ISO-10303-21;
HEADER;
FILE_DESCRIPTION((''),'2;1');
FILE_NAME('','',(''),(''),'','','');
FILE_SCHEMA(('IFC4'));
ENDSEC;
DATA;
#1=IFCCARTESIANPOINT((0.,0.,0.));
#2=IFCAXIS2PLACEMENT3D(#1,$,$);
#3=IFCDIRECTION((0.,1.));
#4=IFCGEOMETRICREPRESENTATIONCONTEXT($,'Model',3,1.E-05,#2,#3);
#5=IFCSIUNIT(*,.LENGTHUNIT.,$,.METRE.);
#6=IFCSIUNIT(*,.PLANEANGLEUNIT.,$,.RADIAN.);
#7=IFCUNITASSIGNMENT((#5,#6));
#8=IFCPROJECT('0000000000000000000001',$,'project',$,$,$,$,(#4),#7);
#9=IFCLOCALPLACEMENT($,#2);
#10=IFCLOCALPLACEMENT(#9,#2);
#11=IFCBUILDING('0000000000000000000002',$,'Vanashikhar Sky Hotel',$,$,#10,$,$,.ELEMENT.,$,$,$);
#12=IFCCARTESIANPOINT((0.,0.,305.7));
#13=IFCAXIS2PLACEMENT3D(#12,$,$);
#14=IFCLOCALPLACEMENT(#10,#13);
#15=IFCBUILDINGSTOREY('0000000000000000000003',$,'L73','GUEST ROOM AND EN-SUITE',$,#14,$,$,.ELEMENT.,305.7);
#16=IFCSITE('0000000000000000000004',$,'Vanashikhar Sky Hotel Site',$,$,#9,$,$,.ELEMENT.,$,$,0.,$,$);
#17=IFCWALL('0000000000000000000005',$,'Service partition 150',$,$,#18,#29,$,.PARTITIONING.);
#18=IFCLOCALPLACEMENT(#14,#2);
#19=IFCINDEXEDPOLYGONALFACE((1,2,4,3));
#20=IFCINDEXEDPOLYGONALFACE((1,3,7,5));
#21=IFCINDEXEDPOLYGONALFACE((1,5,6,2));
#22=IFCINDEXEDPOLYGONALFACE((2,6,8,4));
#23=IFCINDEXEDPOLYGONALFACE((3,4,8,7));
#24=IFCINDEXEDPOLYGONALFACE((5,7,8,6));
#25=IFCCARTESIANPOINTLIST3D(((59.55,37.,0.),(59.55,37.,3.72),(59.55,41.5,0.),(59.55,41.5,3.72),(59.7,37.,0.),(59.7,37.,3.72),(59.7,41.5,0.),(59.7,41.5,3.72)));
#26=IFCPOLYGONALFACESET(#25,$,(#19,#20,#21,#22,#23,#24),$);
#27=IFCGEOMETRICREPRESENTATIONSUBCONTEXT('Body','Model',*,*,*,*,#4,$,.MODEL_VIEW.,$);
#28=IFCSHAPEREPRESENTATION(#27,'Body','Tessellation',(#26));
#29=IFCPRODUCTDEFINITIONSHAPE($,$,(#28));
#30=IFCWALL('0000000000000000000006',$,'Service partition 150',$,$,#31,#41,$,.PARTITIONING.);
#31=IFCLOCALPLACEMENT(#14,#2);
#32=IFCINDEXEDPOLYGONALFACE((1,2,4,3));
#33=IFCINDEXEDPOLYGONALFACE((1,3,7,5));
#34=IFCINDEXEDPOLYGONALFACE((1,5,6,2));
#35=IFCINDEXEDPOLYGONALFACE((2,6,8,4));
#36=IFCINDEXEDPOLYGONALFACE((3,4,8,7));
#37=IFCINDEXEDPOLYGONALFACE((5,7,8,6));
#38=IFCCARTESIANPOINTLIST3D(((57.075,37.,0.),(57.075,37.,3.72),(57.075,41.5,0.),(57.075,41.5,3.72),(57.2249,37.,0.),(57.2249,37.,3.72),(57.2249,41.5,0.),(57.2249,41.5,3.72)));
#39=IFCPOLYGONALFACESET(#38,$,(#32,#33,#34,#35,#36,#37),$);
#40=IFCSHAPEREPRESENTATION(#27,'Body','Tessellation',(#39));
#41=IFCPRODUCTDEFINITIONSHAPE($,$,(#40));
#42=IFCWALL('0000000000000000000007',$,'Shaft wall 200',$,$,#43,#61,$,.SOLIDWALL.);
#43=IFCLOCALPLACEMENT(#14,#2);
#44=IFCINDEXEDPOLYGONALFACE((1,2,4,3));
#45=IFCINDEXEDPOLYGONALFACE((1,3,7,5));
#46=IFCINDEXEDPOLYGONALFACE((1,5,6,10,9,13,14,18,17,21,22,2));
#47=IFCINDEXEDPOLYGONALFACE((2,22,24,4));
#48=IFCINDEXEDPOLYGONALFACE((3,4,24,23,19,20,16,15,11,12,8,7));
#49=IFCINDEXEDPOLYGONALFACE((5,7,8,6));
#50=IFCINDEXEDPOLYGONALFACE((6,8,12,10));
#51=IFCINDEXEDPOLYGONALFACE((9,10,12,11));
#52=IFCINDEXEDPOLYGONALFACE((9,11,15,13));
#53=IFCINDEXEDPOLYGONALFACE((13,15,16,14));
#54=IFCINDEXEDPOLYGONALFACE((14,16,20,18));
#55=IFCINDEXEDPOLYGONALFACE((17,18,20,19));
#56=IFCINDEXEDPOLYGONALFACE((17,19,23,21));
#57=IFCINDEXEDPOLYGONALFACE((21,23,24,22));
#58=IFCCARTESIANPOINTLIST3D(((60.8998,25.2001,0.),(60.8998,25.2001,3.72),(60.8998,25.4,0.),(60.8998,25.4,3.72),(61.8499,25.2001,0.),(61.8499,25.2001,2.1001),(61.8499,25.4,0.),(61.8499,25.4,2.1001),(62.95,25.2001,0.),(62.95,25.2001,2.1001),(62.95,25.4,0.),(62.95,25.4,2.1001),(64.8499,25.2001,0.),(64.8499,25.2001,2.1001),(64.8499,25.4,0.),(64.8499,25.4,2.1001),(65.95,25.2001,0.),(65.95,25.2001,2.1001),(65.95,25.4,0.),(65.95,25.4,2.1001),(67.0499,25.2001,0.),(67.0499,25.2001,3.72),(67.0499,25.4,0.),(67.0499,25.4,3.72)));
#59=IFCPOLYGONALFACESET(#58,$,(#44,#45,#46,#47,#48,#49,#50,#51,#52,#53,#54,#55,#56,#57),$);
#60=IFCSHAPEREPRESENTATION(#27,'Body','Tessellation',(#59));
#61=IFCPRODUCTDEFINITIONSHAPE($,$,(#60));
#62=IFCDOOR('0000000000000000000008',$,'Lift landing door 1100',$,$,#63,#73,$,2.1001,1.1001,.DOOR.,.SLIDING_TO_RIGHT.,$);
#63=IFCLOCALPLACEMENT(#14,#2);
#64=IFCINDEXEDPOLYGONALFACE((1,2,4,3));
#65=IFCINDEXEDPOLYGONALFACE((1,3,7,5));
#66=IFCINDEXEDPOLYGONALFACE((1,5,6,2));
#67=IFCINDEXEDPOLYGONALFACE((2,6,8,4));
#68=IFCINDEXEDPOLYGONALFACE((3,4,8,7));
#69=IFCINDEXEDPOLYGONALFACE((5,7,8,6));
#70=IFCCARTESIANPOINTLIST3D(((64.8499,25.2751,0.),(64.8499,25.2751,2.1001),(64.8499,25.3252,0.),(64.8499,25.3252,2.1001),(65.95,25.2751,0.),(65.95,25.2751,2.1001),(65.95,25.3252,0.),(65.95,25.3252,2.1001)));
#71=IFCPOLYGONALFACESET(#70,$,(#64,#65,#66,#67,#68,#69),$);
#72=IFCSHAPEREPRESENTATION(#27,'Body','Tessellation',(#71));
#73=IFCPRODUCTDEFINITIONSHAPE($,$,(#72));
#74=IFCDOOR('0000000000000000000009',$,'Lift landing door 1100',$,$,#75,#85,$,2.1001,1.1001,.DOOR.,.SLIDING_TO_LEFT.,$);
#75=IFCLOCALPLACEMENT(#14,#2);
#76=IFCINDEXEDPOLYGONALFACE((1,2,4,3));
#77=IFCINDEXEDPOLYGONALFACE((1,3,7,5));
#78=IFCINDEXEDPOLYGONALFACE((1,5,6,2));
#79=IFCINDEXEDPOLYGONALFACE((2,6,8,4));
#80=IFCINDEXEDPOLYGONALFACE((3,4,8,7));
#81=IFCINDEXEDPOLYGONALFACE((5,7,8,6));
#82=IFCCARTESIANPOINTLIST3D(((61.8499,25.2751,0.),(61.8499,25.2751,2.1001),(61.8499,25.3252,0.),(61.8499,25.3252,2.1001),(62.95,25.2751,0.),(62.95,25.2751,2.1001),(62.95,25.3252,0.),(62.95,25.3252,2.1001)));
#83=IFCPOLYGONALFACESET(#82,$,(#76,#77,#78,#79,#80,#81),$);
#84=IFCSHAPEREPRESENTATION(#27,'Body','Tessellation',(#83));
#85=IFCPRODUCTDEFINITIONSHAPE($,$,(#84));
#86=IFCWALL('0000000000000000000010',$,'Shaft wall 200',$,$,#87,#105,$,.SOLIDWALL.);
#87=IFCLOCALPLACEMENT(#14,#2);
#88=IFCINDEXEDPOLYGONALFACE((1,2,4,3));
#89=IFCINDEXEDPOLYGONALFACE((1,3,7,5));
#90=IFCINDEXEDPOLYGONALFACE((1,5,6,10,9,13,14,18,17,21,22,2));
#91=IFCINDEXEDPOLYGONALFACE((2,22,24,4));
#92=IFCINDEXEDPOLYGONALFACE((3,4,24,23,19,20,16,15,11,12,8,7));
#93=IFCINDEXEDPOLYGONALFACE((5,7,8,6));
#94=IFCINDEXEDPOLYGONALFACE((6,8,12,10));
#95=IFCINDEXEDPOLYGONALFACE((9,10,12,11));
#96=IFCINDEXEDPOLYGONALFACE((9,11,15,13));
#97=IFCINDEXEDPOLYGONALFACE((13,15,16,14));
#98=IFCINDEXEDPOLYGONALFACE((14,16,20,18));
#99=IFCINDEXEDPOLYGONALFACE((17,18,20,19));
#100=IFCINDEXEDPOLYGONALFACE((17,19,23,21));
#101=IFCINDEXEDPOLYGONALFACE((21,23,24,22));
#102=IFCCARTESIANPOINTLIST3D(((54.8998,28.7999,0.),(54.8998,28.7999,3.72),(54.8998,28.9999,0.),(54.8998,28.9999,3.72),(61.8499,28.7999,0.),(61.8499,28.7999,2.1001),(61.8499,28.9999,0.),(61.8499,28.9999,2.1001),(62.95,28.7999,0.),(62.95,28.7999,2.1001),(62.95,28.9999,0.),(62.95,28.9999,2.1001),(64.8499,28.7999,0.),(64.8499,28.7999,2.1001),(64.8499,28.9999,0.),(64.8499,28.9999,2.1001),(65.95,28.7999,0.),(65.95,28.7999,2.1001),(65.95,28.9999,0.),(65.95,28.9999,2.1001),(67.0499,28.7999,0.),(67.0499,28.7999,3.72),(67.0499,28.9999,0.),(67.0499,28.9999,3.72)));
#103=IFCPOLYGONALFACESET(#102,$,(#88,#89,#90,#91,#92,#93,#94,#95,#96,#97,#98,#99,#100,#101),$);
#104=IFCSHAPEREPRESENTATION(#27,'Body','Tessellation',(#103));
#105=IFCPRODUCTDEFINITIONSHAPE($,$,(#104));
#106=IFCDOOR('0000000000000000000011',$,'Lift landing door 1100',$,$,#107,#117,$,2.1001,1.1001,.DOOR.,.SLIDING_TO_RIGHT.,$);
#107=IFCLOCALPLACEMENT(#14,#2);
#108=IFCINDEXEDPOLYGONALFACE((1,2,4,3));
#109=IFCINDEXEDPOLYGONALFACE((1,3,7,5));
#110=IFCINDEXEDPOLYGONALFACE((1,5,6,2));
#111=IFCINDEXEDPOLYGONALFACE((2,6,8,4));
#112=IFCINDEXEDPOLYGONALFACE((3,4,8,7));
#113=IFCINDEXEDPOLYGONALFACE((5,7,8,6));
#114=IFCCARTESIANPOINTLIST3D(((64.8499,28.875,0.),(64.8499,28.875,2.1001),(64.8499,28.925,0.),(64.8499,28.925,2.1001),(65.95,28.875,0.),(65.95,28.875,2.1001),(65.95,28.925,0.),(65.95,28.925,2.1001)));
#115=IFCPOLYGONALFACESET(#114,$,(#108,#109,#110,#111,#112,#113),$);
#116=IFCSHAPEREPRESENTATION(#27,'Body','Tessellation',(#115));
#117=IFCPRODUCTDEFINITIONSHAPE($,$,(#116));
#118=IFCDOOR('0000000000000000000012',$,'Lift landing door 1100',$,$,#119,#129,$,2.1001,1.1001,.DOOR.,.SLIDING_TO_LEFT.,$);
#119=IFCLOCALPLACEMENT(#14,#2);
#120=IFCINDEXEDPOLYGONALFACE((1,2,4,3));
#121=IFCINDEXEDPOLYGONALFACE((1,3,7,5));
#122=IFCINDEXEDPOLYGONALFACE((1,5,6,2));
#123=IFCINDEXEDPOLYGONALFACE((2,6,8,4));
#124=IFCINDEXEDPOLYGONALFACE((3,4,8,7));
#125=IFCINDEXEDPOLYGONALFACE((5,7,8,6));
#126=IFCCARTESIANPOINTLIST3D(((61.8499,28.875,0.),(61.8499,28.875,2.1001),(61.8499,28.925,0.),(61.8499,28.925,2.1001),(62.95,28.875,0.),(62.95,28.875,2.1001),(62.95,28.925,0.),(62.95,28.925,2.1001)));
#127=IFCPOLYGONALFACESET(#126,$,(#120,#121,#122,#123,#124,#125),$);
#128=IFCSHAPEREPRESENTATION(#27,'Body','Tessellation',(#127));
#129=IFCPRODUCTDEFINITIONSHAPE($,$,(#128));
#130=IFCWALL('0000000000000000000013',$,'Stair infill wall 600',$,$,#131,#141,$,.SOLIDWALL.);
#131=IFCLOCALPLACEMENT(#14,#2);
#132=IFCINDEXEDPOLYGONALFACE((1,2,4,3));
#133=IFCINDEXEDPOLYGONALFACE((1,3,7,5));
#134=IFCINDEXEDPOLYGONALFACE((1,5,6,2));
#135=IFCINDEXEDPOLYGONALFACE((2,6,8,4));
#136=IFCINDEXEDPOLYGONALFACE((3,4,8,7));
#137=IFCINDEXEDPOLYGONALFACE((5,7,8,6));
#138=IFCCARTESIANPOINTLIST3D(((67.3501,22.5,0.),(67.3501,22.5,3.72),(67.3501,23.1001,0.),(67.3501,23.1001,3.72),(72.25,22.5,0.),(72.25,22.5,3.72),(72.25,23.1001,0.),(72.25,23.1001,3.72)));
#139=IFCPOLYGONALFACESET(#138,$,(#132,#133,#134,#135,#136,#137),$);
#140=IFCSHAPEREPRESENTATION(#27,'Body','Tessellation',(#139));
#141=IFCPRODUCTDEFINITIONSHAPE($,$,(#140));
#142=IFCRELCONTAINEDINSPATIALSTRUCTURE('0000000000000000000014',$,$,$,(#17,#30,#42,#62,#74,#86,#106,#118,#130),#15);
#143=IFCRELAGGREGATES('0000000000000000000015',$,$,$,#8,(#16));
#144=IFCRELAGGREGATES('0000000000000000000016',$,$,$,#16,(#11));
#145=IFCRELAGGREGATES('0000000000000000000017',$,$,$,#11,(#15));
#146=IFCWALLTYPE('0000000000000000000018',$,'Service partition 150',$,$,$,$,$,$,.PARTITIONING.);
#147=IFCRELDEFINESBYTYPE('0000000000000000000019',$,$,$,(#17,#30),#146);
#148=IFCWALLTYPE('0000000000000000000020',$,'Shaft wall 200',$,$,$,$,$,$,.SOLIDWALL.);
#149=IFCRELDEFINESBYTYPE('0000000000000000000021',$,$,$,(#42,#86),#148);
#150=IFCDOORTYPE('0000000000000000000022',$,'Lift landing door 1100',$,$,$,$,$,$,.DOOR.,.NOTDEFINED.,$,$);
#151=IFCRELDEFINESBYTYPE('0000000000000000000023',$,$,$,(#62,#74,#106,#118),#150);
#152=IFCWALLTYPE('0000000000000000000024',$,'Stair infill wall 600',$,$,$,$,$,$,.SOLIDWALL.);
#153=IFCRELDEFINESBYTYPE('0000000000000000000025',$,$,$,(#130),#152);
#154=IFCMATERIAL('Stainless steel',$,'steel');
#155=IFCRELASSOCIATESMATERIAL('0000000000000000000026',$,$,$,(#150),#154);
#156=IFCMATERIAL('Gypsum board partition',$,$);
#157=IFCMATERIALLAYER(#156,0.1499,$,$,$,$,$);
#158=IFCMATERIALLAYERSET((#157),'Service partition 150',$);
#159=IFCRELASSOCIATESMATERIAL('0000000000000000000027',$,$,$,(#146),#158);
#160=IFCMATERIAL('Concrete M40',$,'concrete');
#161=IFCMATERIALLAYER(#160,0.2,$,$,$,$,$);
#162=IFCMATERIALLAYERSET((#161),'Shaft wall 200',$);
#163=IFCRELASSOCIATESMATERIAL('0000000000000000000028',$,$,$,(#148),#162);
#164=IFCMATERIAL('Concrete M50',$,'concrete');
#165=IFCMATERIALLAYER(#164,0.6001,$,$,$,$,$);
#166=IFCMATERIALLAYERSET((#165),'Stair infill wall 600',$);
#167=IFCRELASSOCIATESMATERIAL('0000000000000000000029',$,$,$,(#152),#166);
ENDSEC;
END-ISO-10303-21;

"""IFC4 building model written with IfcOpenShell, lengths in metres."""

from ifc_helpers import new_model, si_unit, direction, frame, frame_2d, origin, place, context, subcontext, project, spatial, rectangle, extrude, source, transform, mapped, material, layer, layer_set, type_object, element, fill, save


model = new_model("IFC4")

# Units and contexts
model_context = context("Model", 3, precision=1e-05, world=origin(), true_north=direction((0.0, 1.0)))
body_context = subcontext(model_context, "Body", "Model", "MODEL_VIEW")
ifc_project = project(units=[si_unit("LENGTHUNIT", "METRE"), si_unit("PLANEANGLEUNIT", "RADIAN")], contexts=[model_context])

# Site, building, storey
site_placement = place(None, origin())
site = spatial("IfcSite", under=ifc_project, at=site_placement, Name="Vanashikhar Sky Hotel Site", CompositionType="ELEMENT", RefElevation=0.0)
building_placement = place(site_placement, origin())
building = spatial("IfcBuilding", under=site, at=building_placement, Name="Vanashikhar Sky Hotel", CompositionType="ELEMENT")
storey_placement = place(building_placement, frame((0.0, 0.0, 305.7)))
storey = spatial("IfcBuildingStorey", under=building, at=storey_placement, Name="L73", Description="GUEST ROOM AND EN-SUITE", CompositionType="ELEMENT", Elevation=305.7)

# Shared definitions
ifc_material_1 = material(Name="Concrete M50", Category="concrete")

# Shared definitions
ifc_material_2 = material(Name="Stainless steel", Category="steel")
door_type_1 = type_object("IfcDoorType", Name="Lift landing door 1100", OperationType="NOTDEFINED", PredefinedType="DOOR", material=ifc_material_2)
shared_shape_1 = source(origin(), body_context, "Body", "SweptSolid", [
    extrude(rectangle(XDim=1.1001, YDim=2.1001, at=frame_2d((0.55, 1.05))), frame((0.0, 0.0249, 0.0), z_axis=(0.0, -1.0, 0.0), x_axis=(1.0, 0.0, 0.0)), (0.0, 0.0, 1.0), 0.05),
])
ifc_material_3 = material(Name="Gypsum board partition")
ifc_layer_1 = layer(ifc_material_3, 0.1499)
ifc_layer_set_1 = layer_set([ifc_layer_1], Name="Service partition 150")
wall_type_1 = type_object("IfcWallType", Name="Service partition 150", PredefinedType="PARTITIONING", material=ifc_layer_set_1)

# Walls
shared_shape_2 = source(origin(), body_context, "Body", "SweptSolid", [
    extrude(rectangle(XDim=4.5, YDim=0.1499, at=frame_2d((2.25, 0.0))), origin(), (0.0, 0.0, 1.0), 3.72),
])
for number, where, z_axis, x_axis, name in (
    (1, (59.625, 37.0, 0.0), (0.0, 0.0, 1.0), (0.0, 1.0, 0.0), "Service partition 150"),
    (2, (57.1499, 37.0, 0.0), (0.0, 0.0, 1.0), (0.0, 1.0, 0.0), "Service partition 150"),
):
    element("IfcWall", number, at=place(storey_placement, frame(where, z_axis=z_axis, x_axis=x_axis)), inside=storey, type_object=wall_type_1, Name=name, PredefinedType="PARTITIONING", context=body_context, shape_type="MappedRepresentation", body=[
        mapped(shared_shape_2, transform((0.0, 0.0, 0.0), scale=1.0)),
    ])

# Walls, openings, doors
ifc_material_4 = material(Name="Concrete M40", Category="concrete")
ifc_layer_2 = layer(ifc_material_4, 0.2)
ifc_layer_set_2 = layer_set([ifc_layer_2], Name="Shaft wall 200")
wall_type_2 = type_object("IfcWallType", Name="Shaft wall 200", PredefinedType="SOLIDWALL", material=ifc_layer_set_2)
shared_shape_3 = source(origin(), body_context, "Body", "SweptSolid", [
    extrude(rectangle(XDim=6.1501, YDim=0.2, at=frame_2d((3.0752, 0.0))), origin(), (0.0, 0.0, 1.0), 3.72),
])
wall_1_placement = place(storey_placement, frame((67.05, 25.3, 0.0), z_axis=(0.0, 0.0, 1.0), x_axis=(-1.0, 0.0, 0.0)))
wall_1 = element("IfcWall", 3, at=wall_1_placement, inside=storey, type_object=wall_type_2, Name="Shaft wall 200", PredefinedType="SOLIDWALL", context=body_context, shape_type="MappedRepresentation", body=[
    mapped(shared_shape_3, transform((0.0, 0.0, 0.0), scale=1.0)),
])
shared_shape_4 = source(origin(), body_context, "Body", "SweptSolid", [
    extrude(rectangle(XDim=1.1001, YDim=2.1001, at=frame_2d((0.55, 1.05))), frame((0.0, 0.1099, 0.0), z_axis=(0.0, -1.0, 0.0), x_axis=(1.0, 0.0, 0.0)), (0.0, 0.0, 1.0), 0.22),
])
opening_1_placement = place(wall_1_placement, frame((1.1001, 0.0, 0.0)))
opening_1 = element("IfcOpeningElement", 4, at=opening_1_placement, cuts=wall_1, PredefinedType="OPENING", context=body_context, shape_type="MappedRepresentation", body=[
    mapped(shared_shape_4, transform((0.0, 0.0, 0.0), scale=1.0)),
])
opening_2_placement = place(wall_1_placement, frame((4.1001, 0.0, 0.0)))
opening_2 = element("IfcOpeningElement", 5, at=opening_2_placement, cuts=wall_1, PredefinedType="OPENING", context=body_context, shape_type="MappedRepresentation", body=[
    mapped(shared_shape_4, transform((0.0, 0.0, 0.0), scale=1.0)),
])
door_1_placement = place(opening_1_placement, origin())
door_1 = element("IfcDoor", 6, at=door_1_placement, inside=storey, type_object=door_type_1, Name="Lift landing door 1100", OperationType="SLIDING_TO_RIGHT", OverallHeight=2.1001, OverallWidth=1.1001, PredefinedType="DOOR", context=body_context, shape_type="MappedRepresentation", body=[
    mapped(shared_shape_1, transform((0.0, 0.0, 0.0), scale=1.0)),
])
fill(opening_1, door_1)
door_2_placement = place(opening_2_placement, origin())
door_2 = element("IfcDoor", 7, at=door_2_placement, inside=storey, type_object=door_type_1, Name="Lift landing door 1100", OperationType="SLIDING_TO_LEFT", OverallHeight=2.1001, OverallWidth=1.1001, PredefinedType="DOOR", context=body_context, shape_type="MappedRepresentation", body=[
    mapped(shared_shape_1, transform((0.0, 0.0, 0.0), scale=1.0)),
])
fill(opening_2, door_2)
shared_shape_5 = source(origin(), body_context, "Body", "SweptSolid", [
    extrude(rectangle(XDim=12.1501, YDim=0.2, at=frame_2d((6.0752, 0.0))), origin(), (0.0, 0.0, 1.0), 3.72),
])
wall_2_placement = place(storey_placement, frame((67.05, 28.8999, 0.0), z_axis=(0.0, 0.0, 1.0), x_axis=(-1.0, 0.0, 0.0)))
wall_2 = element("IfcWall", 8, at=wall_2_placement, inside=storey, type_object=wall_type_2, Name="Shaft wall 200", PredefinedType="SOLIDWALL", context=body_context, shape_type="MappedRepresentation", body=[
    mapped(shared_shape_5, transform((0.0, 0.0, 0.0), scale=1.0)),
])
opening_3_placement = place(wall_2_placement, frame((1.1001, 0.0, 0.0)))
opening_3 = element("IfcOpeningElement", 9, at=opening_3_placement, cuts=wall_2, PredefinedType="OPENING", context=body_context, shape_type="MappedRepresentation", body=[
    mapped(shared_shape_4, transform((0.0, 0.0, 0.0), scale=1.0)),
])
opening_4_placement = place(wall_2_placement, frame((4.1001, 0.0, 0.0)))
opening_4 = element("IfcOpeningElement", 10, at=opening_4_placement, cuts=wall_2, PredefinedType="OPENING", context=body_context, shape_type="MappedRepresentation", body=[
    mapped(shared_shape_4, transform((0.0, 0.0, 0.0), scale=1.0)),
])
door_3_placement = place(opening_3_placement, origin())
door_3 = element("IfcDoor", 11, at=door_3_placement, inside=storey, type_object=door_type_1, Name="Lift landing door 1100", OperationType="SLIDING_TO_RIGHT", OverallHeight=2.1001, OverallWidth=1.1001, PredefinedType="DOOR", context=body_context, shape_type="MappedRepresentation", body=[
    mapped(shared_shape_1, transform((0.0, 0.0, 0.0), scale=1.0)),
])
fill(opening_3, door_3)
door_4_placement = place(opening_4_placement, origin())
door_4 = element("IfcDoor", 12, at=door_4_placement, inside=storey, type_object=door_type_1, Name="Lift landing door 1100", OperationType="SLIDING_TO_LEFT", OverallHeight=2.1001, OverallWidth=1.1001, PredefinedType="DOOR", context=body_context, shape_type="MappedRepresentation", body=[
    mapped(shared_shape_1, transform((0.0, 0.0, 0.0), scale=1.0)),
])
fill(opening_4, door_4)

# Wall
ifc_layer_3 = layer(ifc_material_1, 0.6001)
ifc_layer_set_3 = layer_set([ifc_layer_3], Name="Stair infill wall 600")
wall_type_3 = type_object("IfcWallType", Name="Stair infill wall 600", PredefinedType="SOLIDWALL", material=ifc_layer_set_3)
shared_shape_6 = source(origin(), body_context, "Body", "SweptSolid", [
    extrude(rectangle(XDim=4.8999, YDim=0.6001, at=frame_2d((2.45, 0.0))), origin(), (0.0, 0.0, 1.0), 3.72),
])
wall_3_placement = place(storey_placement, frame((67.3501, 22.8, 0.0), z_axis=(0.0, 0.0, 1.0), x_axis=(1.0, 0.0, 0.0)))
element("IfcWall", 13, at=wall_3_placement, inside=storey, type_object=wall_type_3, Name="Stair infill wall 600", PredefinedType="SOLIDWALL", context=body_context, shape_type="MappedRepresentation", body=[
    mapped(shared_shape_6, transform((0.0, 0.0, 0.0), scale=1.0)),
])

save(model, "model.ifc")
